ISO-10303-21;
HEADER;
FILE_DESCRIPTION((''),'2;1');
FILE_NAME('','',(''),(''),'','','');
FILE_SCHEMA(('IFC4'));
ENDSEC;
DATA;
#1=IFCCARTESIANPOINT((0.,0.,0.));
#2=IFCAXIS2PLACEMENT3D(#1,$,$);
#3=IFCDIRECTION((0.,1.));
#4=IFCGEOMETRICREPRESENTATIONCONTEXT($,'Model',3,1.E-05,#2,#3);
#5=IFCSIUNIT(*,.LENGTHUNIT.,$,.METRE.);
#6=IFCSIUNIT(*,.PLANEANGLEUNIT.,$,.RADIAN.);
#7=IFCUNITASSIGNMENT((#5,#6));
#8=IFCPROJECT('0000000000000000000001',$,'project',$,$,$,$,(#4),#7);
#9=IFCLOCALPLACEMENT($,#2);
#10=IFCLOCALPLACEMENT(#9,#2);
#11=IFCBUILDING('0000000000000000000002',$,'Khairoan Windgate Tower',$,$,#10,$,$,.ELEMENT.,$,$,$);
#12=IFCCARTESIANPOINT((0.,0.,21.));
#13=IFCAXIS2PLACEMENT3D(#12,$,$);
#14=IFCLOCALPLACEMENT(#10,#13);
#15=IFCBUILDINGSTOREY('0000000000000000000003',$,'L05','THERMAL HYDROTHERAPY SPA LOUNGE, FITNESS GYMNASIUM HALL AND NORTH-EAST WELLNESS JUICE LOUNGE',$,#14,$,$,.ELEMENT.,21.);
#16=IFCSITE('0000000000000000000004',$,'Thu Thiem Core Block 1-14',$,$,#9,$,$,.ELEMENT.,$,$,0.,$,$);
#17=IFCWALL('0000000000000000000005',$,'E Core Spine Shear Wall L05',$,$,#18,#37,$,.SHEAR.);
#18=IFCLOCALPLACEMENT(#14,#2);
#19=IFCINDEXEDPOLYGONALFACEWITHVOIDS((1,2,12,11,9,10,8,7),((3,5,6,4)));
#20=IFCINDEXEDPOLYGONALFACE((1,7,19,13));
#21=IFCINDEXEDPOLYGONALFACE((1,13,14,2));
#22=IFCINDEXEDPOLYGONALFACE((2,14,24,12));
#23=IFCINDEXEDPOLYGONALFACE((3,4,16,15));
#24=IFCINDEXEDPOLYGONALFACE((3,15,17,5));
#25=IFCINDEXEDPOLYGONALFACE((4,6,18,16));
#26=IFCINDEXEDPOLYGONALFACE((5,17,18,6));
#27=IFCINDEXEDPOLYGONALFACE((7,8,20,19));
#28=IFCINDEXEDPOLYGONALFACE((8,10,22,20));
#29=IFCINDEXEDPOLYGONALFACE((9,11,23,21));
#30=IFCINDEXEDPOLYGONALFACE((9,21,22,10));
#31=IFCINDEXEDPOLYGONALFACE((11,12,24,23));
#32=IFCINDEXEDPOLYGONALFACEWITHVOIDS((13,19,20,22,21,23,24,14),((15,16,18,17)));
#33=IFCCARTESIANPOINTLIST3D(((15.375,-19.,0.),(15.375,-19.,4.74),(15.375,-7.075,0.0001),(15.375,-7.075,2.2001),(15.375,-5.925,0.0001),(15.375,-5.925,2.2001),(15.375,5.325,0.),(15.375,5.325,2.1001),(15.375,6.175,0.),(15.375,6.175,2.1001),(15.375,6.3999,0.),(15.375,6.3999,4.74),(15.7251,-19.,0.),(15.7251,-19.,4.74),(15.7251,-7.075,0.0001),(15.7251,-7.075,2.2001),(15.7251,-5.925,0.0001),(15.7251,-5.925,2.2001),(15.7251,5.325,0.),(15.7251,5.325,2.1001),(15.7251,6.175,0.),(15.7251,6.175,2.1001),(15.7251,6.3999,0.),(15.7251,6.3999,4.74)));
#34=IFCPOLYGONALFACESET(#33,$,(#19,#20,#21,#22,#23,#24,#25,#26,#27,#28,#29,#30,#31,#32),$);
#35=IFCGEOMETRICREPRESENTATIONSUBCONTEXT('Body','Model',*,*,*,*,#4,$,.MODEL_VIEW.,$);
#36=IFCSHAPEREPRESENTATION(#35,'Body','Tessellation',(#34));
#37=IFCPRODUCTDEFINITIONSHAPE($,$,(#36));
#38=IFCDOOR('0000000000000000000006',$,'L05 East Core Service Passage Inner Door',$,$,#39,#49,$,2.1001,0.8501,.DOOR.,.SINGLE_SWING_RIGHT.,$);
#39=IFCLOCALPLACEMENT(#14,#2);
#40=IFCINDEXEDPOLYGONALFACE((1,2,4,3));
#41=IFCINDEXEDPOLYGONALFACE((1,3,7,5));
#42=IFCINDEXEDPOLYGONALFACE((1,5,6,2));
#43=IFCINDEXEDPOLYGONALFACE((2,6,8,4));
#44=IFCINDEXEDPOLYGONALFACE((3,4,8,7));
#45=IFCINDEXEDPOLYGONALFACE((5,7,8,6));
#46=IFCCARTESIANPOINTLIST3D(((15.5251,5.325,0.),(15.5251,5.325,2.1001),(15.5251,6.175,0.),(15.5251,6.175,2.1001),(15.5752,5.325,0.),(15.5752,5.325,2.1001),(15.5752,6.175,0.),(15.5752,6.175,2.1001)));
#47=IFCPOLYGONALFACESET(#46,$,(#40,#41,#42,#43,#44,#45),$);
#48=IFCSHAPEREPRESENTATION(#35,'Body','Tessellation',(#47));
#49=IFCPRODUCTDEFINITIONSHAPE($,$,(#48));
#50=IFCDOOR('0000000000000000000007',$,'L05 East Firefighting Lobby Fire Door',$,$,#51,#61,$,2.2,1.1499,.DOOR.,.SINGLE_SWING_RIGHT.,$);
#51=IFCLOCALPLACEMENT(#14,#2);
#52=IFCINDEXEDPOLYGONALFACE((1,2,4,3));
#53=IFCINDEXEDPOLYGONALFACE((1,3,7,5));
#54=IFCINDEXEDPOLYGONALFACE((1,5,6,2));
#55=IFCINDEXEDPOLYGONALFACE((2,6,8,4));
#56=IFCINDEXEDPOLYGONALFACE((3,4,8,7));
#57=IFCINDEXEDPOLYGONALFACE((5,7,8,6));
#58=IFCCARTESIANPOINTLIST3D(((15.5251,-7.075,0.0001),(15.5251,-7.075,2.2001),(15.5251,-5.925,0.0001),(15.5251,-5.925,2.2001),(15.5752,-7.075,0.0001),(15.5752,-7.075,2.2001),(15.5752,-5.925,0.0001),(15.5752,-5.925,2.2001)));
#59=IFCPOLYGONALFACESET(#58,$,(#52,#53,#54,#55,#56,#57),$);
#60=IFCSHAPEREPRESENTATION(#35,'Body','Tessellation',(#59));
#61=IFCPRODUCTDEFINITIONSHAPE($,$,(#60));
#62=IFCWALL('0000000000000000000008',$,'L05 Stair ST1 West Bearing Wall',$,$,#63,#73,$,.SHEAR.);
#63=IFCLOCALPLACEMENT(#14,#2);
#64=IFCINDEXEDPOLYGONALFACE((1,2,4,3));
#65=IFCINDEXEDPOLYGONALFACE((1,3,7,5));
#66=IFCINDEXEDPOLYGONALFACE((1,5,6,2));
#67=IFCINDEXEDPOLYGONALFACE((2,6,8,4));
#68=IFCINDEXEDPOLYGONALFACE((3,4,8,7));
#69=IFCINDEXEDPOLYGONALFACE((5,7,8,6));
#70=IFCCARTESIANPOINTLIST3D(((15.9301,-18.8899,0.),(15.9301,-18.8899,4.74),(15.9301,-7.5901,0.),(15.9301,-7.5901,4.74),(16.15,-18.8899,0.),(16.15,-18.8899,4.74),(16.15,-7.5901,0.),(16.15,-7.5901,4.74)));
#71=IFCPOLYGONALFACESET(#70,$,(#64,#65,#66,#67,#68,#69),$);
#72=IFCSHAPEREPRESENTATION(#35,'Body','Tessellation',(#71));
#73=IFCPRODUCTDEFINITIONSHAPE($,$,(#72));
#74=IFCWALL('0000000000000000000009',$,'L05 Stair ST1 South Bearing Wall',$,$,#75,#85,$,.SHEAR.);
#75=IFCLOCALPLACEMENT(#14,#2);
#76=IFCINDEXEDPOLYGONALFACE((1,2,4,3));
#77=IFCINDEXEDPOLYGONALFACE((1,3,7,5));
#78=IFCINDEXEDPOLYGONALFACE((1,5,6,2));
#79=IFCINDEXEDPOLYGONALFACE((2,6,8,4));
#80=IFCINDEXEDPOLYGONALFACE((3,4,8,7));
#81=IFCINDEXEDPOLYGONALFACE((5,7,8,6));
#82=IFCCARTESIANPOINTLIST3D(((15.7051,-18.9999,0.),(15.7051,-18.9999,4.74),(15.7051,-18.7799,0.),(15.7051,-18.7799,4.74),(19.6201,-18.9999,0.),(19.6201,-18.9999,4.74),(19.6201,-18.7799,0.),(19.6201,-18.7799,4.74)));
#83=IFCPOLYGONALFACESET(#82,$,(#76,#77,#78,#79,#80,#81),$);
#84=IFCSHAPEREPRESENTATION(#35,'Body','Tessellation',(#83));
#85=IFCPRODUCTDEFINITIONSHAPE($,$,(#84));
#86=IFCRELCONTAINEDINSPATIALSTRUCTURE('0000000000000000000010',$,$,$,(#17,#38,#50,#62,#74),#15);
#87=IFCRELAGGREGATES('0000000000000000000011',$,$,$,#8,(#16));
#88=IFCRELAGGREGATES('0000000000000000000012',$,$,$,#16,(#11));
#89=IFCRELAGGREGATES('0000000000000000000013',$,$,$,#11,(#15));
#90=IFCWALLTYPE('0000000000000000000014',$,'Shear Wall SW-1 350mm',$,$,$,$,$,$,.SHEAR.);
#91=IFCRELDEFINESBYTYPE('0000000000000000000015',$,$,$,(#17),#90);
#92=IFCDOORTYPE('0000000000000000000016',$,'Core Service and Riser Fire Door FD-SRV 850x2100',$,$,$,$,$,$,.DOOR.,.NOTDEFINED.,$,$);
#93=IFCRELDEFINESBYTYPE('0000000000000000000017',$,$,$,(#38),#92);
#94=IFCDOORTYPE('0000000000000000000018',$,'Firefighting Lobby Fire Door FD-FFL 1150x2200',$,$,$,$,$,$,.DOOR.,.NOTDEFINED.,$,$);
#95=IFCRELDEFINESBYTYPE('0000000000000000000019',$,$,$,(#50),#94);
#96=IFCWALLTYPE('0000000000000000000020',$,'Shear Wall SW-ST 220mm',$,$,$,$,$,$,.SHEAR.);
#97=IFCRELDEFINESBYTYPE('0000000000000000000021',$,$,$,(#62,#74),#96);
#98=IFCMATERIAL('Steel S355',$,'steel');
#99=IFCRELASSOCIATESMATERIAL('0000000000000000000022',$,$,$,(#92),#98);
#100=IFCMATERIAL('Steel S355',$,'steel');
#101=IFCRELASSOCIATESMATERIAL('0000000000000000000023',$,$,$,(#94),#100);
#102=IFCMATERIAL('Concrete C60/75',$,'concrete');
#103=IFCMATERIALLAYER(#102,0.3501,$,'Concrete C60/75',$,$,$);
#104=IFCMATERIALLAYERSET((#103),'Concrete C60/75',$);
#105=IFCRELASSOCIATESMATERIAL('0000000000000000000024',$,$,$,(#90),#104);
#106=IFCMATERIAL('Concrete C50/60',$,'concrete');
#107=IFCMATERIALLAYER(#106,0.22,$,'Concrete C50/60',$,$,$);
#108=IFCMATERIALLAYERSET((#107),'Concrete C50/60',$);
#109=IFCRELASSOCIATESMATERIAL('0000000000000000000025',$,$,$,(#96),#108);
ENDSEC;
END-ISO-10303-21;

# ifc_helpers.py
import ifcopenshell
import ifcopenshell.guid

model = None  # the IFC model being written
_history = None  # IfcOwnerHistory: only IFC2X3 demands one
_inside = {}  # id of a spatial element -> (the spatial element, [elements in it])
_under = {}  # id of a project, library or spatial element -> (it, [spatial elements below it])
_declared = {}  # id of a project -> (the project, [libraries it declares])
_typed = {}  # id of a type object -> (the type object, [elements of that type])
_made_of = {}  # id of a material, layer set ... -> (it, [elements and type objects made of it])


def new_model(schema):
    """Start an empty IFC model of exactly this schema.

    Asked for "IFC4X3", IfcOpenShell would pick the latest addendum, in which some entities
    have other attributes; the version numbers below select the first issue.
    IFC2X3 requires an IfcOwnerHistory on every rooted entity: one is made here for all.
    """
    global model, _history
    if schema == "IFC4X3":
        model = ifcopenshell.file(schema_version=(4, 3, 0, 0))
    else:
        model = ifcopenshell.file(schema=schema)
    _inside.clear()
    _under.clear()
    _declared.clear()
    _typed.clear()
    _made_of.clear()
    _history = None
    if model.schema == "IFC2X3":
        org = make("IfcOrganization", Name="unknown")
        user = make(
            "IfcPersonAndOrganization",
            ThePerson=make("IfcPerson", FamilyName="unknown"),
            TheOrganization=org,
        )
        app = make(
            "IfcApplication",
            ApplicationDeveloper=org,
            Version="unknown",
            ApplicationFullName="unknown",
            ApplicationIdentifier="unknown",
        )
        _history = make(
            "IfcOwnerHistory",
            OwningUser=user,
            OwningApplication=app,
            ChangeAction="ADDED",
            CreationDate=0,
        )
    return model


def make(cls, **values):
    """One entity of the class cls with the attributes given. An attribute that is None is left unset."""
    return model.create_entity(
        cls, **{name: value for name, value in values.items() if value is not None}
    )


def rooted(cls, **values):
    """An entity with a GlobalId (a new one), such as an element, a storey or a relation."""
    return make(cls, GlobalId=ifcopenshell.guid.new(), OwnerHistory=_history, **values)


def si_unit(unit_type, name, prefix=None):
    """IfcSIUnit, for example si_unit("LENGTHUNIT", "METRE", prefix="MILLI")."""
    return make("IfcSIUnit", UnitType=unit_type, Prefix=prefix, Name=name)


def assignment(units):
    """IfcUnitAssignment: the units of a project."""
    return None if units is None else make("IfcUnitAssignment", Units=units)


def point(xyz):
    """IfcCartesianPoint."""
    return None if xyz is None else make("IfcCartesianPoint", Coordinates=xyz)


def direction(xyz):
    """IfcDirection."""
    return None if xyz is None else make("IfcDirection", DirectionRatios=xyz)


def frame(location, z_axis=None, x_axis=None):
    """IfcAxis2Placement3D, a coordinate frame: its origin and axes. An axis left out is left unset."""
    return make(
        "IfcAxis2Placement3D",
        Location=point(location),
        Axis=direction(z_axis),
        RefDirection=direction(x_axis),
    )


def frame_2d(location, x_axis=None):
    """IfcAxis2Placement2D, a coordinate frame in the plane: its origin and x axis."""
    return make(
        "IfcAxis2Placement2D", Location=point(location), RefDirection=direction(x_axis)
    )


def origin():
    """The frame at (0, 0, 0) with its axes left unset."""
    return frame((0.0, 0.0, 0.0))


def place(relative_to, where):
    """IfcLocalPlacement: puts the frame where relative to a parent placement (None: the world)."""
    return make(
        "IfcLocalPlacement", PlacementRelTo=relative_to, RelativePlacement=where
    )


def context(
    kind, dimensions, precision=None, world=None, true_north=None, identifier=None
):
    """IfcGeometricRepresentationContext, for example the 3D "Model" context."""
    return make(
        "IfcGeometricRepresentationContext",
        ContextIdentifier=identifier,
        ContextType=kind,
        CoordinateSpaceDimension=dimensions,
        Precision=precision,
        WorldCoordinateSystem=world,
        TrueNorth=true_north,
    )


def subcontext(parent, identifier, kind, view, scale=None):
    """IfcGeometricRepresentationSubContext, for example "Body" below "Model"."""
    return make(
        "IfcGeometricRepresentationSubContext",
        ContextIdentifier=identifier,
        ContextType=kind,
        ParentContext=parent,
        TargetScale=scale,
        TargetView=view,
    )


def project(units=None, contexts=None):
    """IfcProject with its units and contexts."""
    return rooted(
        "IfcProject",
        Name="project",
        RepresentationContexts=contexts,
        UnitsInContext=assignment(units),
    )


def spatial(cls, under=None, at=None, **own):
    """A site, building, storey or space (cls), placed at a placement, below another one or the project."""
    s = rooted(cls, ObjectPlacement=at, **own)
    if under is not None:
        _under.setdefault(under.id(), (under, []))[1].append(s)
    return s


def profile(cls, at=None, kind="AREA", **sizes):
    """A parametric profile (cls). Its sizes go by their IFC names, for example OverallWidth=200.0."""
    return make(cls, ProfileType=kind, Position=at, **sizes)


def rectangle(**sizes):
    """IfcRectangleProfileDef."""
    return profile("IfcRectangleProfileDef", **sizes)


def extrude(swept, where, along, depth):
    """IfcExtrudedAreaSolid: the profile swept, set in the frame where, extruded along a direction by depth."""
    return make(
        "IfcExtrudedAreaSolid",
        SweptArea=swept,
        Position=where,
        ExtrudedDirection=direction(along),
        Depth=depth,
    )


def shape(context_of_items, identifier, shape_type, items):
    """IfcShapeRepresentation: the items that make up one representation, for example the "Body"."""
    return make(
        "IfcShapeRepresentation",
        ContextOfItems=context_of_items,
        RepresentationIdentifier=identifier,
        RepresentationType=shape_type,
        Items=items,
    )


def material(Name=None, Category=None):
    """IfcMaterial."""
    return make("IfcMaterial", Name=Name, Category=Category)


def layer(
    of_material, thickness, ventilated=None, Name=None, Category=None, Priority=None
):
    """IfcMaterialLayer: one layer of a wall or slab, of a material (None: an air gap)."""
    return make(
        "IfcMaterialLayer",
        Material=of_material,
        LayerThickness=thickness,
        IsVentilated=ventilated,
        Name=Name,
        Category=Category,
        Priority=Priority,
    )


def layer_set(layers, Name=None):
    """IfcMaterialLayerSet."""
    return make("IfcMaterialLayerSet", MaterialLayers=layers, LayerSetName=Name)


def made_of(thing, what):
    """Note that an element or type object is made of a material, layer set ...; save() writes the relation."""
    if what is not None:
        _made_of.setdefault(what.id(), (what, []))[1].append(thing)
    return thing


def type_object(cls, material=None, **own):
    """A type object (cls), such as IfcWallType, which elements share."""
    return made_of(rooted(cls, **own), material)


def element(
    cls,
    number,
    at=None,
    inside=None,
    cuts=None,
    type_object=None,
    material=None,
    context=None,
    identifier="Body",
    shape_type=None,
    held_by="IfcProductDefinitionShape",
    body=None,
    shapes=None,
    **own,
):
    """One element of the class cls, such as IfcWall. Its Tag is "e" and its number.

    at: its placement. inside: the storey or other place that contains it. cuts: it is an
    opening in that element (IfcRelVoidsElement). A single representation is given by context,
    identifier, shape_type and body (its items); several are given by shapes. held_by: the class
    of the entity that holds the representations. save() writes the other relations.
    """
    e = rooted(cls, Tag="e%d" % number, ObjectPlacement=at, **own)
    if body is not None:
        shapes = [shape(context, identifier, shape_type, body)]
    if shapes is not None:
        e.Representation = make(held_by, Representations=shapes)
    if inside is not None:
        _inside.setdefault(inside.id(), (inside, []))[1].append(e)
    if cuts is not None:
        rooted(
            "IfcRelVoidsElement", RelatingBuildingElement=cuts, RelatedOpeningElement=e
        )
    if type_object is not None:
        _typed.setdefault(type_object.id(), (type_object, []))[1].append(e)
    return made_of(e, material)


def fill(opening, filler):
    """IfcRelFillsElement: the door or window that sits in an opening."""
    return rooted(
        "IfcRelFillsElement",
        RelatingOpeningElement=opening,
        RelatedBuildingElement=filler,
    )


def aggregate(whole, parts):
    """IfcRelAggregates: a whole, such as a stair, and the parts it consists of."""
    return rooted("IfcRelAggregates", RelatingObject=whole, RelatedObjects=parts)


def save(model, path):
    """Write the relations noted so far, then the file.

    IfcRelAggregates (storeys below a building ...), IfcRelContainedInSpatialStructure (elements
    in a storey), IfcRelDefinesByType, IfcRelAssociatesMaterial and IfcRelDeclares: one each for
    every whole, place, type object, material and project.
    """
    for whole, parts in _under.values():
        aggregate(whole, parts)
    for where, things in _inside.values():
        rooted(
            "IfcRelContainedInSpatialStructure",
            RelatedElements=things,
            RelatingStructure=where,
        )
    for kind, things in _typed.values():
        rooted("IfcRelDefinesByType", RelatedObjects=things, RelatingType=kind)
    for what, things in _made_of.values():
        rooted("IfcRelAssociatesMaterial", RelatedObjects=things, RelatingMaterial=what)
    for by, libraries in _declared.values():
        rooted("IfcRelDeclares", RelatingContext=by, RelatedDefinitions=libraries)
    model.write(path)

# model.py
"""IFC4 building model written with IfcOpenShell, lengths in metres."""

from ifc_helpers import new_model, si_unit, direction, frame, frame_2d, origin, place, context, subcontext, project, spatial, rectangle, extrude, material, layer, layer_set, type_object, element, fill, save


model = new_model("IFC4")

# Units and contexts
model_context = context("Model", 3, precision=1e-05, world=origin(), true_north=direction((0.0, 1.0)))
body_context = subcontext(model_context, "Body", "Model", "MODEL_VIEW")
ifc_project = project(units=[si_unit("LENGTHUNIT", "METRE"), si_unit("PLANEANGLEUNIT", "RADIAN")], contexts=[model_context])

# Site, building, storey
site_placement = place(None, origin())
site = spatial("IfcSite", under=ifc_project, at=site_placement, Name="Thu Thiem Core Block 1-14", CompositionType="ELEMENT", RefElevation=0.0)
building_placement = place(site_placement, origin())
building = spatial("IfcBuilding", under=site, at=building_placement, Name="Khairoan Windgate Tower", CompositionType="ELEMENT")
storey_placement = place(building_placement, frame((0.0, 0.0, 21.0)))
storey = spatial("IfcBuildingStorey", under=building, at=storey_placement, Name="L05", Description="THERMAL HYDROTHERAPY SPA LOUNGE, FITNESS GYMNASIUM HALL AND NORTH-EAST WELLNESS JUICE LOUNGE", CompositionType="ELEMENT", Elevation=21.0)

# Shared definitions
ifc_material_1 = material(Name="Steel S355", Category="steel")
door_type_1 = type_object("IfcDoorType", Name="Core Service and Riser Fire Door FD-SRV 850x2100", OperationType="NOTDEFINED", PredefinedType="DOOR", material=ifc_material_1)
ifc_material_2 = material(Name="Steel S355", Category="steel")
door_type_2 = type_object("IfcDoorType", Name="Firefighting Lobby Fire Door FD-FFL 1150x2200", OperationType="NOTDEFINED", PredefinedType="DOOR", material=ifc_material_2)

# Wall, openings, doors
ifc_material_3 = material(Name="Concrete C60/75", Category="concrete")
ifc_layer_1 = layer(ifc_material_3, 0.3501, Name="Concrete C60/75")
ifc_layer_set_1 = layer_set([ifc_layer_1], Name="Concrete C60/75")
wall_type_1 = type_object("IfcWallType", Name="Shear Wall SW-1 350mm", PredefinedType="SHEAR", material=ifc_layer_set_1)
wall_1_placement = place(storey_placement, frame((15.55, -19.0, 0.0), z_axis=(0.0, 0.0, 1.0), x_axis=(0.0, 1.0, 0.0)))
wall_1 = element("IfcWall", 1, at=wall_1_placement, inside=storey, type_object=wall_type_1, Name="E Core Spine Shear Wall L05", PredefinedType="SHEAR", context=body_context, shape_type="SweptSolid", body=[
    extrude(rectangle(XDim=25.3999, YDim=0.3501, at=frame_2d((12.7, 0.0))), origin(), (0.0, 0.0, 1.0), 4.74),
])
opening_1_placement = place(wall_1_placement, frame((11.925, 0.0, 0.0)))
opening_1 = element("IfcOpeningElement", 2, at=opening_1_placement, cuts=wall_1, PredefinedType="OPENING", context=body_context, shape_type="SweptSolid", body=[
    extrude(rectangle(XDim=1.1499, YDim=2.2, at=frame_2d((0.575, 1.1001))), frame((0.0, 0.1851, 0.0), z_axis=(0.0, -1.0, 0.0), x_axis=(1.0, 0.0, 0.0)), (0.0, 0.0, 1.0), 0.3701),
])
opening_2_placement = place(wall_1_placement, frame((24.325, 0.0, 0.0)))
opening_2 = element("IfcOpeningElement", 3, at=opening_2_placement, cuts=wall_1, PredefinedType="OPENING", context=body_context, shape_type="SweptSolid", body=[
    extrude(rectangle(XDim=0.8501, YDim=2.1001, at=frame_2d((0.425, 1.05))), frame((0.0, 0.1851, 0.0), z_axis=(0.0, -1.0, 0.0), x_axis=(1.0, 0.0, 0.0)), (0.0, 0.0, 1.0), 0.3701),
])
door_1_placement = place(opening_2_placement, origin())
door_1 = element("IfcDoor", 4, at=door_1_placement, inside=storey, type_object=door_type_1, Name="L05 East Core Service Passage Inner Door", OperationType="SINGLE_SWING_RIGHT", OverallHeight=2.1001, OverallWidth=0.8501, PredefinedType="DOOR", context=body_context, shape_type="SweptSolid", body=[
    extrude(rectangle(XDim=0.8501, YDim=2.1001, at=frame_2d((0.425, 1.05))), frame((0.0, 0.0249, 0.0), z_axis=(0.0, -1.0, 0.0), x_axis=(1.0, 0.0, 0.0)), (0.0, 0.0, 1.0), 0.05),
])
fill(opening_2, door_1)
door_2_placement = place(opening_1_placement, origin())
door_2 = element("IfcDoor", 5, at=door_2_placement, inside=storey, type_object=door_type_2, Name="L05 East Firefighting Lobby Fire Door", OperationType="SINGLE_SWING_RIGHT", OverallHeight=2.2, OverallWidth=1.1499, PredefinedType="DOOR", context=body_context, shape_type="SweptSolid", body=[
    extrude(rectangle(XDim=1.1499, YDim=2.2, at=frame_2d((0.575, 1.1001))), frame((0.0, 0.0249, 0.0), z_axis=(0.0, -1.0, 0.0), x_axis=(1.0, 0.0, 0.0)), (0.0, 0.0, 1.0), 0.05),
])
fill(opening_1, door_2)

# Walls
ifc_material_4 = material(Name="Concrete C50/60", Category="concrete")
ifc_layer_2 = layer(ifc_material_4, 0.22, Name="Concrete C50/60")
ifc_layer_set_2 = layer_set([ifc_layer_2], Name="Concrete C50/60")
wall_type_2 = type_object("IfcWallType", Name="Shear Wall SW-ST 220mm", PredefinedType="SHEAR", material=ifc_layer_set_2)
wall_2_placement = place(storey_placement, frame((16.04, -18.8899, 0.0), z_axis=(0.0, 0.0, 1.0), x_axis=(0.0, 1.0, 0.0)))
element("IfcWall", 6, at=wall_2_placement, inside=storey, type_object=wall_type_2, Name="L05 Stair ST1 West Bearing Wall", PredefinedType="SHEAR", context=body_context, shape_type="SweptSolid", body=[
    extrude(rectangle(XDim=11.2998, YDim=0.22, at=frame_2d((5.6499, 0.0))), origin(), (0.0, 0.0, 1.0), 4.74),
])
wall_3_placement = place(storey_placement, frame((15.7051, -18.8899, 0.0), z_axis=(0.0, 0.0, 1.0), x_axis=(1.0, 0.0, 0.0)))
element("IfcWall", 7, at=wall_3_placement, inside=storey, type_object=wall_type_2, Name="L05 Stair ST1 South Bearing Wall", PredefinedType="SHEAR", context=body_context, shape_type="SweptSolid", body=[
    extrude(rectangle(XDim=3.915, YDim=0.22, at=frame_2d((1.9575, 0.0))), origin(), (0.0, 0.0, 1.0), 4.74),
])

save(model, "model.ifc")
